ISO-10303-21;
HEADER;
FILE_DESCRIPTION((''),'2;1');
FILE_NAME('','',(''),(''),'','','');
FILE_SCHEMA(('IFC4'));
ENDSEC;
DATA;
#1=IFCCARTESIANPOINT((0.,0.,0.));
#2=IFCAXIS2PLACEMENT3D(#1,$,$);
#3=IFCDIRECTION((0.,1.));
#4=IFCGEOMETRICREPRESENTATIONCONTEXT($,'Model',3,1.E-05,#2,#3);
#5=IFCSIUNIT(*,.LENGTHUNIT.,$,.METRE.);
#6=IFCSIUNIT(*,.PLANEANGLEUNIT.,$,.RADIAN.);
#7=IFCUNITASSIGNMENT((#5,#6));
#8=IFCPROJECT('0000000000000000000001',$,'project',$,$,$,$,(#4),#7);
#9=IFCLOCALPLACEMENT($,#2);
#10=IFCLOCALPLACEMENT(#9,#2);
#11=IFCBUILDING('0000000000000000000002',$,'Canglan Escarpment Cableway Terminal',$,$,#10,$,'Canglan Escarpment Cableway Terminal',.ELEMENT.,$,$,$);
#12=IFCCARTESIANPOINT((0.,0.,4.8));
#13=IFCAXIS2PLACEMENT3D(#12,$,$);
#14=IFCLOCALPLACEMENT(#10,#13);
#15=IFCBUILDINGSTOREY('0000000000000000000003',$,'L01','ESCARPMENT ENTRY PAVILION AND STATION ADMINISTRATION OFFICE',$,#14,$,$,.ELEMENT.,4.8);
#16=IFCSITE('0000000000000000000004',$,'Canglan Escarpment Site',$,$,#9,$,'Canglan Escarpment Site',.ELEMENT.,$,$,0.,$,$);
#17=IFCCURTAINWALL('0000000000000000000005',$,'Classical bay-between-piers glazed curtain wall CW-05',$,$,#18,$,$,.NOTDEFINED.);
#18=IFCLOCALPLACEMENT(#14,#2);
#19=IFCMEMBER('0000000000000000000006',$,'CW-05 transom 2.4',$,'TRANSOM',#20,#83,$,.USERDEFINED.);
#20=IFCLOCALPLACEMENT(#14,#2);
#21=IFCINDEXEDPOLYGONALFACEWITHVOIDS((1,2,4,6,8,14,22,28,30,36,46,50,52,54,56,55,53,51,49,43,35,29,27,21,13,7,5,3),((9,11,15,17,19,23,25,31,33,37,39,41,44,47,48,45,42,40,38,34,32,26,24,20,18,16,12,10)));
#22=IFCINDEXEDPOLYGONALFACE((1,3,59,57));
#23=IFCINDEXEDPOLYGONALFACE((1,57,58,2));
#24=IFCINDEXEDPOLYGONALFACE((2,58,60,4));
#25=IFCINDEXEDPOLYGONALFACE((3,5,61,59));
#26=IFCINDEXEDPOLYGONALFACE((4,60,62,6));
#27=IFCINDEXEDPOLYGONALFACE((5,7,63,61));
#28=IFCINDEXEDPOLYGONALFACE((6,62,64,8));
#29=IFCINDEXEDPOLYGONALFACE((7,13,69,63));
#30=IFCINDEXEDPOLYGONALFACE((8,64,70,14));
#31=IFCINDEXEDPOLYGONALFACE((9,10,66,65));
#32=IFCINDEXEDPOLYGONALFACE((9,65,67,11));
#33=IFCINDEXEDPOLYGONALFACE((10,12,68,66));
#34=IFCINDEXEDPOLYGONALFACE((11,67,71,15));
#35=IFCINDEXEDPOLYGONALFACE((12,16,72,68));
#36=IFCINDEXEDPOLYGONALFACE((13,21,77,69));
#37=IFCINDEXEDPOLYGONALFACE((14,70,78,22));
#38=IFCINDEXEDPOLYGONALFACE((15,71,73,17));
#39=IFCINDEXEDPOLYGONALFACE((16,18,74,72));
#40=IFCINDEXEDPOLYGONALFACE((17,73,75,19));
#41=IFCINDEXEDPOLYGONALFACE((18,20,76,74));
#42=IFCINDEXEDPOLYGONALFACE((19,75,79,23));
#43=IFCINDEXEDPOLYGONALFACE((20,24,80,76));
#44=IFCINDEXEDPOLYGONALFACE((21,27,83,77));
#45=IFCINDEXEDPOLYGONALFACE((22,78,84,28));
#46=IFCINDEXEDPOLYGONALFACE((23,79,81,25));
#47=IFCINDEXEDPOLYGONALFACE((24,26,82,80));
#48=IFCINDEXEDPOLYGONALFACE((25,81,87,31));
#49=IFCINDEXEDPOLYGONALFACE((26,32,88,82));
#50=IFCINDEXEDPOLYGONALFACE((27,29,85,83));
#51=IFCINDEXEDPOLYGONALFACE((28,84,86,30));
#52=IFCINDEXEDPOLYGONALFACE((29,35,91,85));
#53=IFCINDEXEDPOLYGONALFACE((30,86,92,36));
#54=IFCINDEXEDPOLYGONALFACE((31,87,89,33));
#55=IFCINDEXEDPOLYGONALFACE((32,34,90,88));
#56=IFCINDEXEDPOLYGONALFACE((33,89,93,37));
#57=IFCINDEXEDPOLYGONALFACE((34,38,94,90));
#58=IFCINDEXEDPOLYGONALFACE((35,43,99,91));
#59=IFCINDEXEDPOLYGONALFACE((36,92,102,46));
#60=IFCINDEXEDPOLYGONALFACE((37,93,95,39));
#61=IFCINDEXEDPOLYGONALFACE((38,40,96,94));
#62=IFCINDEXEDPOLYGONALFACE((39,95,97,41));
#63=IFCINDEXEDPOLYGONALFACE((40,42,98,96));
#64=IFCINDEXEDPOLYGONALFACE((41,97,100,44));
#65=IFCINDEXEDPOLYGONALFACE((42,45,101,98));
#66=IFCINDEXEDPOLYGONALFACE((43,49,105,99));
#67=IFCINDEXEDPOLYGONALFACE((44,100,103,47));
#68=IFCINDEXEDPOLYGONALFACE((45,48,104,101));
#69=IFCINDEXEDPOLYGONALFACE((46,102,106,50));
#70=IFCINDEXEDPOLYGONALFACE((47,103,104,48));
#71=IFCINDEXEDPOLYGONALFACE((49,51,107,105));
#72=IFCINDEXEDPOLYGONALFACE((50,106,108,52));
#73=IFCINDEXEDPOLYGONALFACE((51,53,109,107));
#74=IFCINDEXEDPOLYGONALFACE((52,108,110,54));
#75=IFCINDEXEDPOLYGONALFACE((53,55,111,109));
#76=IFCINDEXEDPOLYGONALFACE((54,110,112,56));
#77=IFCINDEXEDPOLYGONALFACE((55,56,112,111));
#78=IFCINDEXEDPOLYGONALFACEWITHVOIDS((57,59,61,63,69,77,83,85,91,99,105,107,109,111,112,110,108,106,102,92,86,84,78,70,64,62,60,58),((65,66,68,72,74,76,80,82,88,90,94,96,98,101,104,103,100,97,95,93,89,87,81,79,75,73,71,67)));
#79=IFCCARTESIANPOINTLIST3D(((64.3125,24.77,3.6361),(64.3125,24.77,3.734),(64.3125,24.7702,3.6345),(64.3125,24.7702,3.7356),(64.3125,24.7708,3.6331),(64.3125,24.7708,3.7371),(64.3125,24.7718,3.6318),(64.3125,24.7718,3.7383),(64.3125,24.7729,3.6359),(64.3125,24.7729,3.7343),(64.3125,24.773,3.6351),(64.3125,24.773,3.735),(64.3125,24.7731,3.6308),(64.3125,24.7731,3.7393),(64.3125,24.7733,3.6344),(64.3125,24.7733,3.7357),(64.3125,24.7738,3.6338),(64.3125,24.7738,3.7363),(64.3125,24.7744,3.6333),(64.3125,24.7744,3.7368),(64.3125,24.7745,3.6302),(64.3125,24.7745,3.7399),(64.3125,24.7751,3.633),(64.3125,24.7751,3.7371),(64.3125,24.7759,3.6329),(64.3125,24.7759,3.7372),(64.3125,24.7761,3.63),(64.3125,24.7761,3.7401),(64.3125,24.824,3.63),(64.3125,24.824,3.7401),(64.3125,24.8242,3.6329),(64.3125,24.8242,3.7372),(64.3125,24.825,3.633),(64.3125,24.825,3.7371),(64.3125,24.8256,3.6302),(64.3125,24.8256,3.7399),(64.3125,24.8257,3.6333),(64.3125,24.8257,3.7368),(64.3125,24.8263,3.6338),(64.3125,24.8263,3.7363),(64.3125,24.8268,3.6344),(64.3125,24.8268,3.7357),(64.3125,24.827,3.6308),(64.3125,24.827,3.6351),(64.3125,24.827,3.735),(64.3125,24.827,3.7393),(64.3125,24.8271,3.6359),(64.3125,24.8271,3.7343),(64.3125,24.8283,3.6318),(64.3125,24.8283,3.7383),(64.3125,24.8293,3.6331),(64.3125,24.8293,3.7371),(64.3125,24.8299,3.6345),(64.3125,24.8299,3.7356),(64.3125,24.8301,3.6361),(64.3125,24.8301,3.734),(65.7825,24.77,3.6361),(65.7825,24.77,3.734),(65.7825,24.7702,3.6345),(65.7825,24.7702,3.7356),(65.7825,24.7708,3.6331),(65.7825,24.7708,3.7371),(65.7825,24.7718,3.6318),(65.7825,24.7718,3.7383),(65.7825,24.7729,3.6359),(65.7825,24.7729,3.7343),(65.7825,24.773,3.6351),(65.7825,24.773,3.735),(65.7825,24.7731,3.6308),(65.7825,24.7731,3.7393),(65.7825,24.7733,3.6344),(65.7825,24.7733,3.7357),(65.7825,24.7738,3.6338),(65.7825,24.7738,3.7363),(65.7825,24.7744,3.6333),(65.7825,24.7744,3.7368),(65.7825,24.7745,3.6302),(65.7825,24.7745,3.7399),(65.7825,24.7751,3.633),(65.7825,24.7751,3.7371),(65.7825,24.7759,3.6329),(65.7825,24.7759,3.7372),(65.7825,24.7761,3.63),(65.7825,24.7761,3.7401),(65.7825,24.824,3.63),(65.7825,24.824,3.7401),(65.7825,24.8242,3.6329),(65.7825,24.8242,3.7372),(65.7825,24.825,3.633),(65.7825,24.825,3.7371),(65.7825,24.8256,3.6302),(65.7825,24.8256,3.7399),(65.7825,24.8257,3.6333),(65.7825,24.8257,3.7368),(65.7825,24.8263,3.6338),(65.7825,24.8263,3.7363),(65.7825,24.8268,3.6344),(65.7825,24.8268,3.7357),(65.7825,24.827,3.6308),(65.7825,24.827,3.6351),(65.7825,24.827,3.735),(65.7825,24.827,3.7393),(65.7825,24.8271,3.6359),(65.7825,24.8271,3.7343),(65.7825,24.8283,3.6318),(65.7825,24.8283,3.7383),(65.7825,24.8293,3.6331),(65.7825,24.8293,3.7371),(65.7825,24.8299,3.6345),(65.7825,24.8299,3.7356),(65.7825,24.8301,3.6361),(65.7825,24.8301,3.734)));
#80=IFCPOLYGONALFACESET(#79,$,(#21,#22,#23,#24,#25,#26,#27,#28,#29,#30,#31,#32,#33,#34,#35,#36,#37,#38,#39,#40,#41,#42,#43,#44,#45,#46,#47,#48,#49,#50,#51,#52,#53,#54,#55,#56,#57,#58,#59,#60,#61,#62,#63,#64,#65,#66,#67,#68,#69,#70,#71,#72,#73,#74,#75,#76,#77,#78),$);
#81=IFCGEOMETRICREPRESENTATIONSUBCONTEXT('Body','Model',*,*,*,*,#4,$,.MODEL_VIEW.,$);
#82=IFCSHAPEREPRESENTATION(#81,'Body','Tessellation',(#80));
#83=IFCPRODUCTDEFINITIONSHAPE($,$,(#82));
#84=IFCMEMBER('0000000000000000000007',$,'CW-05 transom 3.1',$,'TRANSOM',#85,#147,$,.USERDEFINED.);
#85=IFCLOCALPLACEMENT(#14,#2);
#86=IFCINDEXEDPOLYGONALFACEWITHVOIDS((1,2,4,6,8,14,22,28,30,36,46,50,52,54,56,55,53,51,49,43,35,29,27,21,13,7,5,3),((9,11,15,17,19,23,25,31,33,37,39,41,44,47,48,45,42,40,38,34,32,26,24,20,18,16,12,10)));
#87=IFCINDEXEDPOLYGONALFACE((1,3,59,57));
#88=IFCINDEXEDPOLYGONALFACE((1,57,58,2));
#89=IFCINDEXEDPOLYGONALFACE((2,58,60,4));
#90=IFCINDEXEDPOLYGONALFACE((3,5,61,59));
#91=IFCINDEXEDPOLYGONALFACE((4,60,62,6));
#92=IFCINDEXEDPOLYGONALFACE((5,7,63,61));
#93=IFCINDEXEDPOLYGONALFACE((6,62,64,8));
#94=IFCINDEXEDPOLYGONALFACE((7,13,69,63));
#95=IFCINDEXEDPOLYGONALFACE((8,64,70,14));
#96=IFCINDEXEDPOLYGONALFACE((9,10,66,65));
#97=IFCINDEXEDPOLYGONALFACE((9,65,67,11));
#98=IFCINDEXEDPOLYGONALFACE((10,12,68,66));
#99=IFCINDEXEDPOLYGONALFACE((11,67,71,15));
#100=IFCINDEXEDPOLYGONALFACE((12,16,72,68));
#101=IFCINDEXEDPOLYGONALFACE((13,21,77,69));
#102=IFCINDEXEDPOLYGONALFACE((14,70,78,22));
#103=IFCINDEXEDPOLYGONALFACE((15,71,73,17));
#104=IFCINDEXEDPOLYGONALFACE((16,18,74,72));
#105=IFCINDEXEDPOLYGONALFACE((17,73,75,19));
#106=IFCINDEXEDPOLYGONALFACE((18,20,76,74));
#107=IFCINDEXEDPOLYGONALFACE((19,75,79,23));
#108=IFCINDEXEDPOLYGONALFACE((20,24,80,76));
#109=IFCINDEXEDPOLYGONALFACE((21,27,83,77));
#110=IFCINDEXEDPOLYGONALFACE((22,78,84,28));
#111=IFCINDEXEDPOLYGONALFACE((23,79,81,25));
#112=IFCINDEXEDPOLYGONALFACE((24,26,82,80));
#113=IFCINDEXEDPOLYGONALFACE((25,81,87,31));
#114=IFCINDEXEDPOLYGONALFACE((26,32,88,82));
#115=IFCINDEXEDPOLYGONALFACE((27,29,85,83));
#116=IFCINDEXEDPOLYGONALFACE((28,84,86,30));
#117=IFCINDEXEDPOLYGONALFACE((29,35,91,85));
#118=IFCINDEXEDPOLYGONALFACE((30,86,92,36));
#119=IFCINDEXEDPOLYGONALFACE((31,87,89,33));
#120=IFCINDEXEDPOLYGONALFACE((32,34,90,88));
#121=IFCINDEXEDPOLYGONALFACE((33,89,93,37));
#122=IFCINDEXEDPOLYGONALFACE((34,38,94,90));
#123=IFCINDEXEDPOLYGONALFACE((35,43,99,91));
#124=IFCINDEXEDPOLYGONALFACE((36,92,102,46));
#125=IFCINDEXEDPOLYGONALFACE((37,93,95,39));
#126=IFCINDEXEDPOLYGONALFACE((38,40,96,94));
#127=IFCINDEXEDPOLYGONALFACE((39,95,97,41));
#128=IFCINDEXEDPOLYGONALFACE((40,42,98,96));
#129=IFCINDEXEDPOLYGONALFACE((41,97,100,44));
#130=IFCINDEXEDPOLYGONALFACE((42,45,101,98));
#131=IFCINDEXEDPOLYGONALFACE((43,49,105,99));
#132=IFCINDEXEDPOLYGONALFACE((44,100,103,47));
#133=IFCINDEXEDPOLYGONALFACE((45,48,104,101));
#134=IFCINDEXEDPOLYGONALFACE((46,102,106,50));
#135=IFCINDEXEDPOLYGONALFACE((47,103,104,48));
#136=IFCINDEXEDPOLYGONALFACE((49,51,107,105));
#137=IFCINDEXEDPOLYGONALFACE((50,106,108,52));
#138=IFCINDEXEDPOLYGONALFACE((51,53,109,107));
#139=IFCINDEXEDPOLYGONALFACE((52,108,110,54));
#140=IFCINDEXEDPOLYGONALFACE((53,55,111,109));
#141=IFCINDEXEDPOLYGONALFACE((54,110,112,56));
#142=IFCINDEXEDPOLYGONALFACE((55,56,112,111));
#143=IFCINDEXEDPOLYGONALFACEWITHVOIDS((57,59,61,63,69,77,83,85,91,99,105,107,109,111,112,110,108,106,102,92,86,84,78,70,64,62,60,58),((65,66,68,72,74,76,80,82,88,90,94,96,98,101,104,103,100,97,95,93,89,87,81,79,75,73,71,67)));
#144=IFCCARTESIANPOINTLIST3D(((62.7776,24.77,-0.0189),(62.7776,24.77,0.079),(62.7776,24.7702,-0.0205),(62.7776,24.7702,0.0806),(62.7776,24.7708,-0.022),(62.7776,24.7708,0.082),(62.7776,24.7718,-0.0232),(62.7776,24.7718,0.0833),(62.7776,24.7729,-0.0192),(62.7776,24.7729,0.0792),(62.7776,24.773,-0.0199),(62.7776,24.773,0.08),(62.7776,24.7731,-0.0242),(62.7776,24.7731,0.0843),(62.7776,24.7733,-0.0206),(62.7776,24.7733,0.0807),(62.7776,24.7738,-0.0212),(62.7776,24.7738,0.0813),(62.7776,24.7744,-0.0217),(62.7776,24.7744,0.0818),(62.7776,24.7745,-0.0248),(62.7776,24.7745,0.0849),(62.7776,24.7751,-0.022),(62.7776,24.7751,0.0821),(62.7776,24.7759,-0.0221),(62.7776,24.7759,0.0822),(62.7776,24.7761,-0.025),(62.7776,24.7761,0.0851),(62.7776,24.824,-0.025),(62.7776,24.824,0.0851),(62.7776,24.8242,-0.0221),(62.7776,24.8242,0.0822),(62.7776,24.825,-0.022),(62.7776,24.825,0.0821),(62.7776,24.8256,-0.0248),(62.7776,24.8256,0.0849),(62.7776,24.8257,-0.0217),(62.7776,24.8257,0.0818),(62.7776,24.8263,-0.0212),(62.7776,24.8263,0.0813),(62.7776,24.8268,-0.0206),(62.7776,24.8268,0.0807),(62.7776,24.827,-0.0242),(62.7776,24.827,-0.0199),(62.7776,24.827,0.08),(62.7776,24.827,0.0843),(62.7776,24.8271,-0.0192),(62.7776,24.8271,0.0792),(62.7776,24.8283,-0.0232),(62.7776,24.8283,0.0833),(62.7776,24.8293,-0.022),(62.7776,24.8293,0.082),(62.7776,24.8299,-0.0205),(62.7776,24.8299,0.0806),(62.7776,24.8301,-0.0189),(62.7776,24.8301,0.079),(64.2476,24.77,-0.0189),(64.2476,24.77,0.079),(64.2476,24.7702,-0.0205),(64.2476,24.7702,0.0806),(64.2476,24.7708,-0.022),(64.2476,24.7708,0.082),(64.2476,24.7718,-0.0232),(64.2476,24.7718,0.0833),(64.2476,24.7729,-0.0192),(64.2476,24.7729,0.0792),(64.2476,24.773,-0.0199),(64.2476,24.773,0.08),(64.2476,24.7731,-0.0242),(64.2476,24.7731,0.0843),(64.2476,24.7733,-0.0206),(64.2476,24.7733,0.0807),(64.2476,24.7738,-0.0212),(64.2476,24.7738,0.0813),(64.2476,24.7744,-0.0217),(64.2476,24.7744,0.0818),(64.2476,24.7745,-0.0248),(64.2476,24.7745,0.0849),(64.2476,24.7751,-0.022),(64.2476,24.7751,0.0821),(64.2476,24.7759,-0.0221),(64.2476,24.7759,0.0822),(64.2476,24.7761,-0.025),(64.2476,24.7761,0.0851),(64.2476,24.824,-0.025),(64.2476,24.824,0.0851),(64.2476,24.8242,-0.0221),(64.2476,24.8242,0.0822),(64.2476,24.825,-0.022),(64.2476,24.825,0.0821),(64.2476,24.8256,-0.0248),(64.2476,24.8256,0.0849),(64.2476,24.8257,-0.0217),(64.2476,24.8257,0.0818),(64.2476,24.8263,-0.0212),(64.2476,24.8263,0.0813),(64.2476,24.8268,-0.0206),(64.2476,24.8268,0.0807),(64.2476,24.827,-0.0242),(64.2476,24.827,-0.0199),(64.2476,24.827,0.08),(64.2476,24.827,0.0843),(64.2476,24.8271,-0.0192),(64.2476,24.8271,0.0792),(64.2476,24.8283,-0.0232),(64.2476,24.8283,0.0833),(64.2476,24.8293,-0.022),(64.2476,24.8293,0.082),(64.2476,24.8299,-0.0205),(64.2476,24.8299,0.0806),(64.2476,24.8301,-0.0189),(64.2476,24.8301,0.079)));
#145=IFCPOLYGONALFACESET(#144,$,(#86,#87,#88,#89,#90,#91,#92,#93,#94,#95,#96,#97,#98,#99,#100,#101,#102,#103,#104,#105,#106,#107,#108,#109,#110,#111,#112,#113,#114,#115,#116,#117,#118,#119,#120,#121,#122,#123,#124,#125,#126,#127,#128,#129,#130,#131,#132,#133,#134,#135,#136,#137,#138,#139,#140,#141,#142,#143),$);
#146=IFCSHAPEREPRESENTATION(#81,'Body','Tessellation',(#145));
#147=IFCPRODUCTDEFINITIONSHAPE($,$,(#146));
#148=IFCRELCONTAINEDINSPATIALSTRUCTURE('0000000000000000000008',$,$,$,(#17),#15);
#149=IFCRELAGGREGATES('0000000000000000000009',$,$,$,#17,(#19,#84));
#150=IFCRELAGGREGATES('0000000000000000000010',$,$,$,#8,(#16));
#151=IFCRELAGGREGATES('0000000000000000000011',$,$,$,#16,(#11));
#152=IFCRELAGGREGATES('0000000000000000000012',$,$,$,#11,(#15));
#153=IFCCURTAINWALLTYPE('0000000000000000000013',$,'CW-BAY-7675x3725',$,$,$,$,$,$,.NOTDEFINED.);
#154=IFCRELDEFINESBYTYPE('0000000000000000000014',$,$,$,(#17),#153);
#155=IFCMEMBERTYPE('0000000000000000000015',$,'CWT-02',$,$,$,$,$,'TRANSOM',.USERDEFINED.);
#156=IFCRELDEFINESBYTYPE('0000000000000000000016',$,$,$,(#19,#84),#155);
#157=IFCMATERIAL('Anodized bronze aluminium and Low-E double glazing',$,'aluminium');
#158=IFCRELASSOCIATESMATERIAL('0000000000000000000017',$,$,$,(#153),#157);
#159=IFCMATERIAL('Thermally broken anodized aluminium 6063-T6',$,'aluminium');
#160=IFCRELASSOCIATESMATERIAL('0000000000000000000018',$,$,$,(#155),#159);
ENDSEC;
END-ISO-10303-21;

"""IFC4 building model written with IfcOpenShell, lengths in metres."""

from ifc_helpers import new_model, si_unit, direction, frame, origin, origin_2d, place, context, subcontext, project, spatial, hollow_rectangle, extrude, material, material_profile, profile_set, type_object, element, aggregate, save


model = new_model("IFC4")

# Units and contexts
model_context = context("Model", 3, precision=1e-05, world=origin(), true_north=direction((0.0, 1.0)))
body_context = subcontext(model_context, "Body", "Model", "MODEL_VIEW")
ifc_project = project(units=[si_unit("LENGTHUNIT", "METRE"), si_unit("PLANEANGLEUNIT", "RADIAN")], contexts=[model_context])

# Site, building, storey
site_placement = place(None, origin())
site = spatial("IfcSite", under=ifc_project, at=site_placement, Name="Canglan Escarpment Site", LongName="Canglan Escarpment Site", CompositionType="ELEMENT", RefElevation=0.0)
building_placement = place(site_placement, origin())
building = spatial("IfcBuilding", under=site, at=building_placement, Name="Canglan Escarpment Cableway Terminal", LongName="Canglan Escarpment Cableway Terminal", CompositionType="ELEMENT")
storey_placement = place(building_placement, frame((0.0, 0.0, 4.8)))
storey = spatial("IfcBuildingStorey", under=building, at=storey_placement, Name="L01", Description="ESCARPMENT ENTRY PAVILION AND STATION ADMINISTRATION OFFICE", CompositionType="ELEMENT", Elevation=4.8)

# Curtain wall, members
ifc_material_1 = material(Name="Anodized bronze aluminium and Low-E double glazing", Category="aluminium")
curtain_wall_type = type_object("IfcCurtainWallType", Name="CW-BAY-7675x3725", PredefinedType="NOTDEFINED", material=ifc_material_1)
curtain_wall_placement = place(storey_placement, origin())
curtain_wall = element("IfcCurtainWall", 1, at=curtain_wall_placement, inside=storey, type_object=curtain_wall_type, Name="Classical bay-between-piers glazed curtain wall CW-05", PredefinedType="NOTDEFINED")
ifc_material_2 = material(Name="Thermally broken anodized aluminium 6063-T6", Category="aluminium")
ifc_material_profile_1 = material_profile(ifc_material_2, hollow_rectangle(XDim=0.0601, YDim=0.1101, WallThickness=0.0029, InnerFilletRadius=0.0029, OuterFilletRadius=0.0061, at=origin_2d()), Name="ALU-TRAN 60x110x3")
ifc_profile_set_1 = profile_set([ifc_material_profile_1], Name="Thermally broken anodized aluminium 6063-T6")
member_type_1 = type_object("IfcMemberType", Name="CWT-02", ElementType="TRANSOM", PredefinedType="USERDEFINED", material=ifc_profile_set_1)
member_1_placement = place(storey_placement, frame((65.7825, 24.8, 3.6851), z_axis=(-1.0, 0.0, 0.0), x_axis=(0.0, -1.0, 0.0)))
member_1 = element("IfcMember", 2, at=member_1_placement, type_object=member_type_1, Name="CW-05 transom 2.4", ObjectType="TRANSOM", PredefinedType="USERDEFINED", context=body_context, shape_type="SweptSolid", body=[
    extrude(hollow_rectangle(XDim=0.0601, YDim=0.1101, WallThickness=0.0029, InnerFilletRadius=0.0029, OuterFilletRadius=0.0061, at=origin_2d()), origin(), (0.0, 0.0, 1.0), 1.47),
])
member_2_placement = place(storey_placement, frame((64.2476, 24.8, 0.03), z_axis=(-1.0, 0.0, 0.0), x_axis=(0.0, -1.0, 0.0)))
member_2 = element("IfcMember", 3, at=member_2_placement, type_object=member_type_1, Name="CW-05 transom 3.1", ObjectType="TRANSOM", PredefinedType="USERDEFINED", context=body_context, shape_type="SweptSolid", body=[
    extrude(hollow_rectangle(XDim=0.0601, YDim=0.1101, WallThickness=0.0029, InnerFilletRadius=0.0029, OuterFilletRadius=0.0061, at=origin_2d()), origin(), (0.0, 0.0, 1.0), 1.47),
])
aggregate(curtain_wall, [member_1, member_2])

save(model, "model.ifc")
